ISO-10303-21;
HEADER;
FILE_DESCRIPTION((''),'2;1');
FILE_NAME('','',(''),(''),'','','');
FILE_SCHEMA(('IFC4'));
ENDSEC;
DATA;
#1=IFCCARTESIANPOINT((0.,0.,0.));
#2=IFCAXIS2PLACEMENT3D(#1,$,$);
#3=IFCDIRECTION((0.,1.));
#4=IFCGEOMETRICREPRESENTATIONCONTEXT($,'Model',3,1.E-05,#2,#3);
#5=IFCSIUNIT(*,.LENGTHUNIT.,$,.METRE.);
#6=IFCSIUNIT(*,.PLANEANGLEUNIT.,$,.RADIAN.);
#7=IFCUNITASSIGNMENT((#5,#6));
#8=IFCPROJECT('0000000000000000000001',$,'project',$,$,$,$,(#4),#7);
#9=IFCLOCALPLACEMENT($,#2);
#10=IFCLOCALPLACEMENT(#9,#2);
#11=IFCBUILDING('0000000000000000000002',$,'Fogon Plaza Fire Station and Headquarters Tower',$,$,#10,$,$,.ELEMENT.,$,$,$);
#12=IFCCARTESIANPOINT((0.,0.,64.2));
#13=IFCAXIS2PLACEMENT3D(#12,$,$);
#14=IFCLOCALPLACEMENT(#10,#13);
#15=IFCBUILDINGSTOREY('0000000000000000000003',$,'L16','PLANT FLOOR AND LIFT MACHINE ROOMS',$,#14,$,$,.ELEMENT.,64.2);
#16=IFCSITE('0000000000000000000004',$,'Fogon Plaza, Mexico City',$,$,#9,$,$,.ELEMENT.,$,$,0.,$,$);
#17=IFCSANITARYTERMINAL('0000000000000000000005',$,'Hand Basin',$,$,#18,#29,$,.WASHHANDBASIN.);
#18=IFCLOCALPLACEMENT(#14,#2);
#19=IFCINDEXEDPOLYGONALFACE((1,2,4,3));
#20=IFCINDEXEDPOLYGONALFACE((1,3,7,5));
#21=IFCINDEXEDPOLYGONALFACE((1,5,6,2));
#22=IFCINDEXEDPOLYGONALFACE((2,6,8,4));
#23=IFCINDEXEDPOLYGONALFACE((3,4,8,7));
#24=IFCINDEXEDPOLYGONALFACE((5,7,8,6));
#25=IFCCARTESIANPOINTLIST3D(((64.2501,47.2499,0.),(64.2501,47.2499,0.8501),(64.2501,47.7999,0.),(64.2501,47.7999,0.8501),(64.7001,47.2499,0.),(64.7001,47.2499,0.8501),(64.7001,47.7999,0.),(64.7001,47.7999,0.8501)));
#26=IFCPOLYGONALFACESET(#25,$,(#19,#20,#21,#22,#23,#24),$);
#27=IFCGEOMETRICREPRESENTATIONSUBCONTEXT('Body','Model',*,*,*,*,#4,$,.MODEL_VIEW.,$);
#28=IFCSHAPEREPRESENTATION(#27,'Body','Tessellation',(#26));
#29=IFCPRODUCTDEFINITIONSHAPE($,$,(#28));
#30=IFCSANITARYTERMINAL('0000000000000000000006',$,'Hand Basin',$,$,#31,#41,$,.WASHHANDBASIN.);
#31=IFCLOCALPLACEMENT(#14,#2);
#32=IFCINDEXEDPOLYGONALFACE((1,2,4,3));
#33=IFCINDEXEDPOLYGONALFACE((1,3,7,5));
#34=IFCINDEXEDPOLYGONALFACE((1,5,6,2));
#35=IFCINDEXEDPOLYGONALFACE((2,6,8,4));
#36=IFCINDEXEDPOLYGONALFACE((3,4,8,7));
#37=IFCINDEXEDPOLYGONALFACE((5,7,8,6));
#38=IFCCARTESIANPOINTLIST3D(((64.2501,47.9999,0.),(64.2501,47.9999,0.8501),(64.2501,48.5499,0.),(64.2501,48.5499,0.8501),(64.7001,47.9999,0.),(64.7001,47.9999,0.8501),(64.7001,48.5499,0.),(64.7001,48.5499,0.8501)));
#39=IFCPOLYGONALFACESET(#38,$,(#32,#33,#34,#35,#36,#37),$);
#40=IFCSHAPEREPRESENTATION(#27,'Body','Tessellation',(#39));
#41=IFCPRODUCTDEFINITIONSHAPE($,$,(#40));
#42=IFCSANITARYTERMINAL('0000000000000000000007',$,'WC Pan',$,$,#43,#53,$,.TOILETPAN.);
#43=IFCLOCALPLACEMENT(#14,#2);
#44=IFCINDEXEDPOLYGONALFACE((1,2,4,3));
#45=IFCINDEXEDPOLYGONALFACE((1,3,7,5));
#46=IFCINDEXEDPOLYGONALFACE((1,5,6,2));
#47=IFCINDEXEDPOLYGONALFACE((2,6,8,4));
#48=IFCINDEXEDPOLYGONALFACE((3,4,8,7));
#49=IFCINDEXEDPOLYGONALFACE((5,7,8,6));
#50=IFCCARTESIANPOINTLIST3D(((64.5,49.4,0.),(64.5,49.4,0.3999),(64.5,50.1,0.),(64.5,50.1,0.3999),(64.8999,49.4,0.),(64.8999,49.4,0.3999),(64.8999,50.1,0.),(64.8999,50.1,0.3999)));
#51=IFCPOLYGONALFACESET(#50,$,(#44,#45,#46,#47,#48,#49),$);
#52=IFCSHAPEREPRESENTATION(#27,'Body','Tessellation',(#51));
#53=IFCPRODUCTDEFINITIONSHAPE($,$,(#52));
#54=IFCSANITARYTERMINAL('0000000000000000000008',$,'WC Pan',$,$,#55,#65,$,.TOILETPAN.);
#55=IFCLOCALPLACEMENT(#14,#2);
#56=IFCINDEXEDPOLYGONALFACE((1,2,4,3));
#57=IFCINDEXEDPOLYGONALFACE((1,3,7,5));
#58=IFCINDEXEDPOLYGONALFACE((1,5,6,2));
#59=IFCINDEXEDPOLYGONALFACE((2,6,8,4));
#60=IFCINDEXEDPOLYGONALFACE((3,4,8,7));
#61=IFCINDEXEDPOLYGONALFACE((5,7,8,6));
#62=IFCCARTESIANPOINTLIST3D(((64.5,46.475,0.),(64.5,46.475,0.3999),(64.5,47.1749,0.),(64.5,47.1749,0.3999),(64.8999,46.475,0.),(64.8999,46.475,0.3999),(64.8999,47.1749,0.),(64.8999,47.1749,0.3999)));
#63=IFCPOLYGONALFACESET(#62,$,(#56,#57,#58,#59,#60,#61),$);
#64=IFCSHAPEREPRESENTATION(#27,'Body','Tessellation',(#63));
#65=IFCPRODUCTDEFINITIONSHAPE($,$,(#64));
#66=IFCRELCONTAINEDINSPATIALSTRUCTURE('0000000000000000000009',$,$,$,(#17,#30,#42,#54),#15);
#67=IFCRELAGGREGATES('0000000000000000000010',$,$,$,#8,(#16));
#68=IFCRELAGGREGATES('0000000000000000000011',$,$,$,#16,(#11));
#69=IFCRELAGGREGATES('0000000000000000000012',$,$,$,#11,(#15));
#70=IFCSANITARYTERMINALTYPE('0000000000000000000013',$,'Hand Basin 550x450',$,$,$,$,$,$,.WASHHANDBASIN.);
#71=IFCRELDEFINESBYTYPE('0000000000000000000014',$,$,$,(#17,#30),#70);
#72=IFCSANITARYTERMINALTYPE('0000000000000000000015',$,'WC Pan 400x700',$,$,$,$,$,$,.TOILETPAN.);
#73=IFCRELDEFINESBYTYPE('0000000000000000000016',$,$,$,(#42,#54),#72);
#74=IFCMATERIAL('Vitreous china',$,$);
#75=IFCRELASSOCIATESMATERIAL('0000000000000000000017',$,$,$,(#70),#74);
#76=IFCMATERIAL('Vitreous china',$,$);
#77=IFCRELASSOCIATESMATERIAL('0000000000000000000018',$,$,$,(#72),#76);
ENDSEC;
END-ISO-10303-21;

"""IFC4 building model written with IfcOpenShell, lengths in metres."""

from ifc_helpers import new_model, si_unit, direction, frame, origin, origin_2d, place, context, subcontext, project, spatial, rectangle, extrude, material, type_object, element, save


model = new_model("IFC4")

# Units and contexts
model_context = context("Model", 3, precision=1e-05, world=origin(), true_north=direction((0.0, 1.0)))
body_context = subcontext(model_context, "Body", "Model", "MODEL_VIEW")
ifc_project = project(units=[si_unit("LENGTHUNIT", "METRE"), si_unit("PLANEANGLEUNIT", "RADIAN")], contexts=[model_context])

# Site, building, storey
site_placement = place(None, origin())
site = spatial("IfcSite", under=ifc_project, at=site_placement, Name="Fogon Plaza, Mexico City", CompositionType="ELEMENT", RefElevation=0.0)
building_placement = place(site_placement, origin())
building = spatial("IfcBuilding", under=site, at=building_placement, Name="Fogon Plaza Fire Station and Headquarters Tower", CompositionType="ELEMENT")
storey_placement = place(building_placement, frame((0.0, 0.0, 64.2)))
storey = spatial("IfcBuildingStorey", under=building, at=storey_placement, Name="L16", Description="PLANT FLOOR AND LIFT MACHINE ROOMS", CompositionType="ELEMENT", Elevation=64.2)

# Sanitary terminals
ifc_material_1 = material(Name="Vitreous china")
sanitary_terminal_type_1 = type_object("IfcSanitaryTerminalType", Name="Hand Basin 550x450", PredefinedType="WASHHANDBASIN", material=ifc_material_1)
for number, where, z_axis, x_axis, name in (
    (1, (64.4751, 47.5249, 0.0), (0.0, 0.0, 1.0), (1.0, 0.0, 0.0), "Hand Basin"),
    (2, (64.4751, 48.2749, 0.0), (0.0, 0.0, 1.0), (1.0, 0.0, 0.0), "Hand Basin"),
):
    element("IfcSanitaryTerminal", number, at=place(storey_placement, frame(where, z_axis=z_axis, x_axis=x_axis)), inside=storey, type_object=sanitary_terminal_type_1, Name=name, PredefinedType="WASHHANDBASIN", context=body_context, shape_type="SweptSolid", body=[
        extrude(rectangle(XDim=0.45, YDim=0.55, at=origin_2d()), origin(), (0.0, 0.0, 1.0), 0.8501),
    ])
ifc_material_2 = material(Name="Vitreous china")
sanitary_terminal_type_2 = type_object("IfcSanitaryTerminalType", Name="WC Pan 400x700", PredefinedType="TOILETPAN", material=ifc_material_2)
for number, where, z_axis, x_axis, name in (
    (3, (64.7, 49.75, 0.0), (0.0, 0.0, 1.0), (1.0, 0.0, 0.0), "WC Pan"),
    (4, (64.7, 46.825, 0.0), (0.0, 0.0, 1.0), (1.0, 0.0, 0.0), "WC Pan"),
):
    element("IfcSanitaryTerminal", number, at=place(storey_placement, frame(where, z_axis=z_axis, x_axis=x_axis)), inside=storey, type_object=sanitary_terminal_type_2, Name=name, PredefinedType="TOILETPAN", context=body_context, shape_type="SweptSolid", body=[
        extrude(rectangle(XDim=0.3999, YDim=0.7, at=origin_2d()), origin(), (0.0, 0.0, 1.0), 0.3999),
    ])

save(model, "model.ifc")
